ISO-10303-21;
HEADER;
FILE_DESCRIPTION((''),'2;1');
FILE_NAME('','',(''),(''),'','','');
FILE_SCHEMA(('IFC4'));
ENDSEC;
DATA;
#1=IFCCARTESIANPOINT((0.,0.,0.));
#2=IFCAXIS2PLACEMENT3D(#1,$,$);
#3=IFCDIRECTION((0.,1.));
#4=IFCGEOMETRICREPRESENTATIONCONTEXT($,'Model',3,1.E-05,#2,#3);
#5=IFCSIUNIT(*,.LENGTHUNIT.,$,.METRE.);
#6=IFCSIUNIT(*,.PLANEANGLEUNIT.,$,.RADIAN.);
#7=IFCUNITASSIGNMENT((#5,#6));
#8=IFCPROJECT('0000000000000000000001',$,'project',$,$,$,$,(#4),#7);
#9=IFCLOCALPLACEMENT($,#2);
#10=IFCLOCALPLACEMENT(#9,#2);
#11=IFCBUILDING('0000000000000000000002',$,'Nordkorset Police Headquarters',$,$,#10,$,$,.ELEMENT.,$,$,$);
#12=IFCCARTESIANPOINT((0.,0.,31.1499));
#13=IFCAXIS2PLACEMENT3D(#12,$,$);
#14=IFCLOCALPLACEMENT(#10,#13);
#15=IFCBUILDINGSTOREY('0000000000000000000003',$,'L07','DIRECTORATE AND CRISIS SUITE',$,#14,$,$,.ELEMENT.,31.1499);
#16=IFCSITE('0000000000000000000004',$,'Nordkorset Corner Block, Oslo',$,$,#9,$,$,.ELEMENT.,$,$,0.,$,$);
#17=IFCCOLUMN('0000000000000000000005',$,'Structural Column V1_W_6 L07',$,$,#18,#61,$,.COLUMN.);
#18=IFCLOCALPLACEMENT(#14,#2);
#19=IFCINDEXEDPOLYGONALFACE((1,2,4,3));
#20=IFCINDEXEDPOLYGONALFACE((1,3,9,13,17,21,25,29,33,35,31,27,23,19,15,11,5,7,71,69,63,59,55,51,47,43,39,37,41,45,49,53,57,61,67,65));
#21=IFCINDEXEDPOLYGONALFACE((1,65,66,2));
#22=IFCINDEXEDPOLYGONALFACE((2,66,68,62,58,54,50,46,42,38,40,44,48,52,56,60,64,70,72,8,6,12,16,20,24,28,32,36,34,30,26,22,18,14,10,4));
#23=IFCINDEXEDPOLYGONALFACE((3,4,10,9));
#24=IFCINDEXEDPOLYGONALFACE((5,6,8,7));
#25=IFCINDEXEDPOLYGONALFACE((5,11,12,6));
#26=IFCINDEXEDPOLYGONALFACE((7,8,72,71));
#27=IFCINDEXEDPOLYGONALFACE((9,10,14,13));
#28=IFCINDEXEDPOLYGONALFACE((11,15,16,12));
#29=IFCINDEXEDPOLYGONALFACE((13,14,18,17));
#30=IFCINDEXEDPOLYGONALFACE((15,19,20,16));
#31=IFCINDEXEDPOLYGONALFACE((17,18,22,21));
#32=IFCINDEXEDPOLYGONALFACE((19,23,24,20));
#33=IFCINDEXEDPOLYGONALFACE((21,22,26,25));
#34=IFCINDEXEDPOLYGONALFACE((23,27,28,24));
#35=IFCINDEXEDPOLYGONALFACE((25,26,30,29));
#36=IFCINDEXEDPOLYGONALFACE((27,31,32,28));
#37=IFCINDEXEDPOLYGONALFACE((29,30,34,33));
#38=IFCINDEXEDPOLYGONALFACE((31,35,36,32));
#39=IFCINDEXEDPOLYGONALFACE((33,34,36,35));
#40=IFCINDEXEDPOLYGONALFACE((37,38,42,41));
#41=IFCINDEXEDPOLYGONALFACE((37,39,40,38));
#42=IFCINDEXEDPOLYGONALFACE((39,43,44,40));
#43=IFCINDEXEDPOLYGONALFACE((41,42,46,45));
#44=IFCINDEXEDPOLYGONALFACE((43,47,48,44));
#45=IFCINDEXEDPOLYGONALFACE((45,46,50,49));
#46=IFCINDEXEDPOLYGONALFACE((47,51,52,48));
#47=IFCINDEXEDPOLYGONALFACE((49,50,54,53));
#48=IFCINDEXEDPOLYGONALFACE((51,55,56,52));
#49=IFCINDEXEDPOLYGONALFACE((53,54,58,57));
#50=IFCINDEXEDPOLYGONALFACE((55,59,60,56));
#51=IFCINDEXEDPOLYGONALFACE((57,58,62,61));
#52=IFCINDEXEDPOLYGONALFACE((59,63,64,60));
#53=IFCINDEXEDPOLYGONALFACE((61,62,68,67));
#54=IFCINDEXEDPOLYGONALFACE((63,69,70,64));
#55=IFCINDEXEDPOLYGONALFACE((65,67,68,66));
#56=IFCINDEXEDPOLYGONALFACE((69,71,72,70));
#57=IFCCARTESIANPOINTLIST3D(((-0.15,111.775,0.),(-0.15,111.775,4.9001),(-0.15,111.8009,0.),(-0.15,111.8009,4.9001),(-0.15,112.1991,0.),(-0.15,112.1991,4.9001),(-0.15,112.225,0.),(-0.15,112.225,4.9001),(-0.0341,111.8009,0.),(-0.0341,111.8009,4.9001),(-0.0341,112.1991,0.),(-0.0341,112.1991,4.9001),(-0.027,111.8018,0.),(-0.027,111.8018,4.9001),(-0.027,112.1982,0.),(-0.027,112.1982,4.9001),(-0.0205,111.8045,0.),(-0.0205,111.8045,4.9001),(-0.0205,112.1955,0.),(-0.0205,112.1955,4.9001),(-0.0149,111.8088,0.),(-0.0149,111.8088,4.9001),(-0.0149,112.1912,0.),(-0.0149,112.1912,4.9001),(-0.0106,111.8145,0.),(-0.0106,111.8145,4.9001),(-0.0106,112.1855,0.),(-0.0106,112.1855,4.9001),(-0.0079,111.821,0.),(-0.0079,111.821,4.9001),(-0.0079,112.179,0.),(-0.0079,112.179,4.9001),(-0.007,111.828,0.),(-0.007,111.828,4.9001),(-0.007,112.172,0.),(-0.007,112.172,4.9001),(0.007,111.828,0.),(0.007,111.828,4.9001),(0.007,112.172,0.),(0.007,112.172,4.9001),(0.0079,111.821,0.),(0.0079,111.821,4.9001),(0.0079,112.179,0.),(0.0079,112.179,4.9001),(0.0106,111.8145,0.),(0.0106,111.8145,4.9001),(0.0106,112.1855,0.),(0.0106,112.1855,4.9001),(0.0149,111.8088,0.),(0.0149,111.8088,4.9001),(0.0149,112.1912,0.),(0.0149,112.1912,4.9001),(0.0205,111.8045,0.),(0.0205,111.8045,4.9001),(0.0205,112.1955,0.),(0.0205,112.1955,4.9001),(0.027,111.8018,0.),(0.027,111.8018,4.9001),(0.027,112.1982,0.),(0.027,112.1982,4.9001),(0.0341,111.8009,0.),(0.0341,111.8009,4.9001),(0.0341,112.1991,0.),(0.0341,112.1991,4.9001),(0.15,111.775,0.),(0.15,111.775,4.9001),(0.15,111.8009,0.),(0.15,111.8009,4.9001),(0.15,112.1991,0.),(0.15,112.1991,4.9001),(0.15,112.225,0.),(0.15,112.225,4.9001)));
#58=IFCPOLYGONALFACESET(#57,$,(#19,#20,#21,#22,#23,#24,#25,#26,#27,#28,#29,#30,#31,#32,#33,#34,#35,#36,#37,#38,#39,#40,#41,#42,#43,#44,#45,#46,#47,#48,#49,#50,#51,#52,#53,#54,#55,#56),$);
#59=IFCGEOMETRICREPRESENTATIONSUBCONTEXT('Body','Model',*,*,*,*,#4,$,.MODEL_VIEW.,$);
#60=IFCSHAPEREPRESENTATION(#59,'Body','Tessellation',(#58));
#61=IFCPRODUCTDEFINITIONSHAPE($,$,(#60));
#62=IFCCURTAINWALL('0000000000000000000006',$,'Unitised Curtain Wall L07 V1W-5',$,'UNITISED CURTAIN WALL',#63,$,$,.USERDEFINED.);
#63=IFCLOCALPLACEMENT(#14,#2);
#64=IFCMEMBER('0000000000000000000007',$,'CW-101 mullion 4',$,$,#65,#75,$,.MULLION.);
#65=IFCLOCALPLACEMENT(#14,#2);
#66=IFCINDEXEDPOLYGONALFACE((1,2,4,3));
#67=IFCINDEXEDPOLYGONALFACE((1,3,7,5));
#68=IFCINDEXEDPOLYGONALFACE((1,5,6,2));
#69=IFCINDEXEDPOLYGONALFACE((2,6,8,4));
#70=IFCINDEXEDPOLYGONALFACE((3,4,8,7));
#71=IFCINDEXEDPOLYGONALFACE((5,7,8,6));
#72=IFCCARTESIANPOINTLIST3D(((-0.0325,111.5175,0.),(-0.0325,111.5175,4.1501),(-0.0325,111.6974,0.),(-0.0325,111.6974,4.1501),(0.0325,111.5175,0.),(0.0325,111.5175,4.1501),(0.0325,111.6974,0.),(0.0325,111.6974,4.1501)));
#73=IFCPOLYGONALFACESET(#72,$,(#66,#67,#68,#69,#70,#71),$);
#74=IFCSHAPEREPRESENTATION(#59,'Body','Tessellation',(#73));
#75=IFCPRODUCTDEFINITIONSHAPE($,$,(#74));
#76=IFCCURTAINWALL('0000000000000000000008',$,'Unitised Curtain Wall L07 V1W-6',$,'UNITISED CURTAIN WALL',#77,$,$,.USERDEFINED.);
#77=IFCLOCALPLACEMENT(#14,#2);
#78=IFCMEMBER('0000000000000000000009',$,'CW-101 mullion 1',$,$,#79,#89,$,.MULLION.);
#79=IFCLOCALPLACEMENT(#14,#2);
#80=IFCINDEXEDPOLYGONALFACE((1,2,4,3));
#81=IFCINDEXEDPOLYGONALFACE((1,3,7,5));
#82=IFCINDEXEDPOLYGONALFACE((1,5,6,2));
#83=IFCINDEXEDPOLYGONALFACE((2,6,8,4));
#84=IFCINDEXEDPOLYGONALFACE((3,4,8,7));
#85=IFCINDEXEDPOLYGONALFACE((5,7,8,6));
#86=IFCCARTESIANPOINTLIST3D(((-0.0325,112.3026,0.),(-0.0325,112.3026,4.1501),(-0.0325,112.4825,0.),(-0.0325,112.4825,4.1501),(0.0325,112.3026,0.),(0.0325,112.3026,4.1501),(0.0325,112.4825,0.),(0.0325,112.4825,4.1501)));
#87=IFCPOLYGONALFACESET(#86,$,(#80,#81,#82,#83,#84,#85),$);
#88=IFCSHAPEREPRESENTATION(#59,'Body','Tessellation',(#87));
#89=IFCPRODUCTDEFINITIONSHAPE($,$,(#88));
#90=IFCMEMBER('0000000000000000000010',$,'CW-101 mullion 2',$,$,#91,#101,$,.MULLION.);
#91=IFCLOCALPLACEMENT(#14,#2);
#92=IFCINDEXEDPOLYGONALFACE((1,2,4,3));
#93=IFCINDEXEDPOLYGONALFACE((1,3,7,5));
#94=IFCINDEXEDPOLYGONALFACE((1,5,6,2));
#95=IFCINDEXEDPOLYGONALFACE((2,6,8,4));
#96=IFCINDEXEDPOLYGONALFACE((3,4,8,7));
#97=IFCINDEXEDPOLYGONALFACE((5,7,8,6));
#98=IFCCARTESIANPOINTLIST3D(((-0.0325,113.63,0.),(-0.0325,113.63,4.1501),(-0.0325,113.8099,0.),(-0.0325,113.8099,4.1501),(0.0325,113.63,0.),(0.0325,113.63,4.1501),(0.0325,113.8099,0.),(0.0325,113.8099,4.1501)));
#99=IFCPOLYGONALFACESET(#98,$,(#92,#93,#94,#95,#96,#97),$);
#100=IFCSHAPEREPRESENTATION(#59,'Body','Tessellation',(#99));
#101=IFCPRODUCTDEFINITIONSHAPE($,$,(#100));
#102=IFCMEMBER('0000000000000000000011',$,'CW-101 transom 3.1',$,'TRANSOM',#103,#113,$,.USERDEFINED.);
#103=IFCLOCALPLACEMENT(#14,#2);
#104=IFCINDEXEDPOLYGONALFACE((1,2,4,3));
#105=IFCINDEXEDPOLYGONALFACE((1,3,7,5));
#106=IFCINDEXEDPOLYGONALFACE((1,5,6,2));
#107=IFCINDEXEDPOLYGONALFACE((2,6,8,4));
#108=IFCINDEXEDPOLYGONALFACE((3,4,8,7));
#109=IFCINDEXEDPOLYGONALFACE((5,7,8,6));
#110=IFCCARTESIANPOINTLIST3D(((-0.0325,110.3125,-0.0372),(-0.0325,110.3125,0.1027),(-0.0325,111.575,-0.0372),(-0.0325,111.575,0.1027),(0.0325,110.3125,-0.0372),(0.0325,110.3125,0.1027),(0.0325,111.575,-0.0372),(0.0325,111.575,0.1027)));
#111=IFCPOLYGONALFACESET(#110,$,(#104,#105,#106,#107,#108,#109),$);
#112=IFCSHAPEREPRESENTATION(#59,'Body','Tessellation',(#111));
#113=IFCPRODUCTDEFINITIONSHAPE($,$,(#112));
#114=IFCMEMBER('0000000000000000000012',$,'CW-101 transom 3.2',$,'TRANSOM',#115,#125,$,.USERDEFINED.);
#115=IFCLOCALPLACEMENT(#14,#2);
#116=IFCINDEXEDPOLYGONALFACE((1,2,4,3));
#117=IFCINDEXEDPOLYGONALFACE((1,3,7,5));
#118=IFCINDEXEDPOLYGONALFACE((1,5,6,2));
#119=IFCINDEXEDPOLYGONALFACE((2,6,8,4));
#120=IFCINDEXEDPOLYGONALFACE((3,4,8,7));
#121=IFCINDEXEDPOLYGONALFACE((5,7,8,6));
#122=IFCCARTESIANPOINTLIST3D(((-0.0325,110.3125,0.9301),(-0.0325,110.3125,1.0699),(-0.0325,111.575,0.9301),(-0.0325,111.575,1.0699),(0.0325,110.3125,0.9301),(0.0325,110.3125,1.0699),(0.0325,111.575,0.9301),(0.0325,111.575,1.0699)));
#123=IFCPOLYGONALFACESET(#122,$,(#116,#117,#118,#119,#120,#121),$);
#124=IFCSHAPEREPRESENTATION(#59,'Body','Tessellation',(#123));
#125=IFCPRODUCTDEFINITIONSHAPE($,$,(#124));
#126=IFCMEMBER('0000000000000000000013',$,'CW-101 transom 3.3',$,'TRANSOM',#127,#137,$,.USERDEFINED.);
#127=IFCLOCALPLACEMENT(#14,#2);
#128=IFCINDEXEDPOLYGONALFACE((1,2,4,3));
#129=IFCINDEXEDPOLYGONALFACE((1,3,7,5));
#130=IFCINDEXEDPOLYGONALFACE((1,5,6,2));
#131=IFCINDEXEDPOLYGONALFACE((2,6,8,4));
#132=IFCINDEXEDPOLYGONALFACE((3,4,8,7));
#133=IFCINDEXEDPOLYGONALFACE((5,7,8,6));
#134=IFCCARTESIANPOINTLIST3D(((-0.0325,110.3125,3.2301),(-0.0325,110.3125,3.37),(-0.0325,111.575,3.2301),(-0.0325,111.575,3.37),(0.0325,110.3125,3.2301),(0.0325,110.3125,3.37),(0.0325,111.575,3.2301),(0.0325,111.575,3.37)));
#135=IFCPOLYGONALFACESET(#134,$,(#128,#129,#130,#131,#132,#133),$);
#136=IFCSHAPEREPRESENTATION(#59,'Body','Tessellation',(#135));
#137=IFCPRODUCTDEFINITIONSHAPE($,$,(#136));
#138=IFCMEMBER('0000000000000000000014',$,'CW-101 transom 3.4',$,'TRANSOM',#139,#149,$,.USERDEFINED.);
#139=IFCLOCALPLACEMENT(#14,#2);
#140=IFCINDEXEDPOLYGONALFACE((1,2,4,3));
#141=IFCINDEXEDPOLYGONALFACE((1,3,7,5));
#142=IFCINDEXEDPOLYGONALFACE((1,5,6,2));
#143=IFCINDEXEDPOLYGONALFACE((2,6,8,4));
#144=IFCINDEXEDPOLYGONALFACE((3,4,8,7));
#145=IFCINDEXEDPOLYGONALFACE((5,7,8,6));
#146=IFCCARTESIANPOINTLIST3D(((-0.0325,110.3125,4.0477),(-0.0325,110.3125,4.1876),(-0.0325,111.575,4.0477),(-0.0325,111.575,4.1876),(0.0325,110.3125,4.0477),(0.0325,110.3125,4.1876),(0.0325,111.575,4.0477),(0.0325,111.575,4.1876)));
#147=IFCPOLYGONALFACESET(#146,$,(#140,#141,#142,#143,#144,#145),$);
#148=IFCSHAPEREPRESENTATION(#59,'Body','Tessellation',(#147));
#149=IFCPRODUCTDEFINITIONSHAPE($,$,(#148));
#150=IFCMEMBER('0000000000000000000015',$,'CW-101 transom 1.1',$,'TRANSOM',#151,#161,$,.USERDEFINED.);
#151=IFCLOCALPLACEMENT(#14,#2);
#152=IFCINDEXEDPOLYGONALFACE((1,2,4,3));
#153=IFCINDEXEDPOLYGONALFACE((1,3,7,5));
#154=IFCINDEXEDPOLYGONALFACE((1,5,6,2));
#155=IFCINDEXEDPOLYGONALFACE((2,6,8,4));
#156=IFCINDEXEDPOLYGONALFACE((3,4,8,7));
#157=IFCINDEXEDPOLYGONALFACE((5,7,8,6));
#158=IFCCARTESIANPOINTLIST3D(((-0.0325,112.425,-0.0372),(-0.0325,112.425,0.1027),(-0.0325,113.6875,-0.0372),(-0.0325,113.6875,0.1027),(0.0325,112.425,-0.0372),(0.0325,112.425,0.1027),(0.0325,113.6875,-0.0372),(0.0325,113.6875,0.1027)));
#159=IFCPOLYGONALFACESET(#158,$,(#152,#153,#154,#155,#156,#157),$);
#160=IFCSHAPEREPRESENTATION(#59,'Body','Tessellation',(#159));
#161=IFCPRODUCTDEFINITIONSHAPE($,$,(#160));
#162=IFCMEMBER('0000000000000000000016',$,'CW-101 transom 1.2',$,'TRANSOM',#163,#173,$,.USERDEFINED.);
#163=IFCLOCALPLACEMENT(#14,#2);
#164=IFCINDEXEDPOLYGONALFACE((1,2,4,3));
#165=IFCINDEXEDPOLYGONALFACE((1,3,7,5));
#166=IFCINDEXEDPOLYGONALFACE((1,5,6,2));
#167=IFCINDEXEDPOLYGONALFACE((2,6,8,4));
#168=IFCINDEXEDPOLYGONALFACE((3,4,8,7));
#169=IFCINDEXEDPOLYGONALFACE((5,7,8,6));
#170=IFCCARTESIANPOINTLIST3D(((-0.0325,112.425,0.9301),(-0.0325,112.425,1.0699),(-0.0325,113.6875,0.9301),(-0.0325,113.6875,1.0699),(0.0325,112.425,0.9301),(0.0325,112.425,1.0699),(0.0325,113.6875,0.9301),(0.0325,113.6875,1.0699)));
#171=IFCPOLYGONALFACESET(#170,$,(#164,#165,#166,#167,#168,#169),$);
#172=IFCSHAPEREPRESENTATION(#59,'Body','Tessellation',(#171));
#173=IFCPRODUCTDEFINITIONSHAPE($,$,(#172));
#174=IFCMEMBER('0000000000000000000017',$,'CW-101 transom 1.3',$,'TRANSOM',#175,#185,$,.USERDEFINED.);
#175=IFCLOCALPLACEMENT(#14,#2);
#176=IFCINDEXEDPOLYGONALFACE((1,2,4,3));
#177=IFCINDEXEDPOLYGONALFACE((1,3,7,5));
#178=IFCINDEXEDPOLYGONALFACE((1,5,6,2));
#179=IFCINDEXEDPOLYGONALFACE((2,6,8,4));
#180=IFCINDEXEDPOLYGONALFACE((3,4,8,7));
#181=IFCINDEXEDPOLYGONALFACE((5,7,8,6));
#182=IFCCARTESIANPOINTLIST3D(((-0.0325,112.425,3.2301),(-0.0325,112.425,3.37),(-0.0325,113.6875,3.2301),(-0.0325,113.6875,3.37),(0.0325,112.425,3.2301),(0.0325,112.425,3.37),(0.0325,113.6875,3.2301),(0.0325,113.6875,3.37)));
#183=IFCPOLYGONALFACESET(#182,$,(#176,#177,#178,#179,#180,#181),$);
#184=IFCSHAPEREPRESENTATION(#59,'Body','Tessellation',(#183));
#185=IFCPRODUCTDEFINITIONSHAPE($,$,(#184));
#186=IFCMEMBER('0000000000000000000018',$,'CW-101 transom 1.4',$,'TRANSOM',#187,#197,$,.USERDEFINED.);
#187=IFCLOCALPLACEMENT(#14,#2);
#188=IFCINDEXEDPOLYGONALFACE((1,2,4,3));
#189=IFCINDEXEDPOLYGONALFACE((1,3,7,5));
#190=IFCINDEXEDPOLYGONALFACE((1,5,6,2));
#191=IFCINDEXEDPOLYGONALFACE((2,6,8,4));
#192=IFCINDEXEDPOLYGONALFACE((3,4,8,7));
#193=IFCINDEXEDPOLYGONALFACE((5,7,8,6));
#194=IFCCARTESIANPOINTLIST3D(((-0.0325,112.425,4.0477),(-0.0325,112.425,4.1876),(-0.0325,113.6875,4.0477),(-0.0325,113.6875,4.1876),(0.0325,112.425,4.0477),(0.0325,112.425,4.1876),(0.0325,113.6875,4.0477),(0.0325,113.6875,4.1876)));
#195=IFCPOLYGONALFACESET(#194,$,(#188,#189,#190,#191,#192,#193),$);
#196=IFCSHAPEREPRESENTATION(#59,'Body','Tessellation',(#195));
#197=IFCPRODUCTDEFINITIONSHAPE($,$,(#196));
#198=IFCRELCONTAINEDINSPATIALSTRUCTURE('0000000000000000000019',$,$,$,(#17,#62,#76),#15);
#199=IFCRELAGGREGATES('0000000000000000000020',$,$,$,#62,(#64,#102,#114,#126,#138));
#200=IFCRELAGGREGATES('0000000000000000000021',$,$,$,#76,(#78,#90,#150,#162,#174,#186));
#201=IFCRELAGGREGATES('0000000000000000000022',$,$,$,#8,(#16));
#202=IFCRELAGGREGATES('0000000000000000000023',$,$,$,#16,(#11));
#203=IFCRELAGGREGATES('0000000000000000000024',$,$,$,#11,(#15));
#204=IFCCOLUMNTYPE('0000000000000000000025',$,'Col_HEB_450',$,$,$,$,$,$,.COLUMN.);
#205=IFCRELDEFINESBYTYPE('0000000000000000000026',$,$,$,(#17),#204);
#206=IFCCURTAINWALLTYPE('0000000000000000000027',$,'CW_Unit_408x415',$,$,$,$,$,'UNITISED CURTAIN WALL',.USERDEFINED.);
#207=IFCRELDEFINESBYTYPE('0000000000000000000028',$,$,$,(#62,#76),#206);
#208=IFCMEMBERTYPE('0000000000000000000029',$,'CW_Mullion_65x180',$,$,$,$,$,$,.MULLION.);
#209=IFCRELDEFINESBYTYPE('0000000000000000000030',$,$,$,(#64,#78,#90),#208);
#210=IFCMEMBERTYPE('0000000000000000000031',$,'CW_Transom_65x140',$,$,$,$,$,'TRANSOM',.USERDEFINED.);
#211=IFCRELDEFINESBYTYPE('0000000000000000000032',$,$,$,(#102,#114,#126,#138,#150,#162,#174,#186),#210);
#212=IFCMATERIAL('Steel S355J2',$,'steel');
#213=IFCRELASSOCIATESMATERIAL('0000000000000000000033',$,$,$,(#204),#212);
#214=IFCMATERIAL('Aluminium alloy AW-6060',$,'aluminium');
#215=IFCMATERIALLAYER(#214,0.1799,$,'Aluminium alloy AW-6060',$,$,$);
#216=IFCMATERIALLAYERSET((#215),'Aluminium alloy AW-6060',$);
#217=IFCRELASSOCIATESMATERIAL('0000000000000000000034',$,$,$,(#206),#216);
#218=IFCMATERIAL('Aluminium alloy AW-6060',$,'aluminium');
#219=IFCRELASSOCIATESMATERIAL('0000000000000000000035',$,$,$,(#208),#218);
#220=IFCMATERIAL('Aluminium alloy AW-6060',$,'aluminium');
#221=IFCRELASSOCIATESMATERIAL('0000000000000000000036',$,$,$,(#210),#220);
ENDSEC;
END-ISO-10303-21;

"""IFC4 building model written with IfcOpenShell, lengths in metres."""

from ifc_helpers import new_model, si_unit, direction, frame, origin, origin_2d, place, context, subcontext, project, spatial, rectangle, i_section, extrude, material, layer, layer_set, material_profile, profile_set, type_object, element, aggregate, save


model = new_model("IFC4")

# Units and contexts
model_context = context("Model", 3, precision=1e-05, world=origin(), true_north=direction((0.0, 1.0)))
body_context = subcontext(model_context, "Body", "Model", "MODEL_VIEW")
ifc_project = project(units=[si_unit("LENGTHUNIT", "METRE"), si_unit("PLANEANGLEUNIT", "RADIAN")], contexts=[model_context])

# Site, building, storey
site_placement = place(None, origin())
site = spatial("IfcSite", under=ifc_project, at=site_placement, Name="Nordkorset Corner Block, Oslo", CompositionType="ELEMENT", RefElevation=0.0)
building_placement = place(site_placement, origin())
building = spatial("IfcBuilding", under=site, at=building_placement, Name="Nordkorset Police Headquarters", CompositionType="ELEMENT")
storey_placement = place(building_placement, frame((0.0, 0.0, 31.1499)))
storey = spatial("IfcBuildingStorey", under=building, at=storey_placement, Name="L07", Description="DIRECTORATE AND CRISIS SUITE", CompositionType="ELEMENT", Elevation=31.1499)

# Column
ifc_material_1 = material(Name="Steel S355J2", Category="steel")
ifc_material_profile_1 = material_profile(ifc_material_1, i_section(OverallWidth=0.3, OverallDepth=0.45, WebThickness=0.0139, FlangeThickness=0.0259, FilletRadius=0.0271, at=origin_2d()), Name="HEB 450")
ifc_profile_set_1 = profile_set([ifc_material_profile_1], Name="Steel S355J2")
column_type = type_object("IfcColumnType", Name="Col_HEB_450", PredefinedType="COLUMN", material=ifc_profile_set_1)
column_placement = place(storey_placement, frame((0.0, 112.0, 0.0), z_axis=(0.0, 0.0, 1.0), x_axis=(1.0, 0.0, 0.0)))
element("IfcColumn", 1, at=column_placement, inside=storey, type_object=column_type, Name="Structural Column V1_W_6 L07", PredefinedType="COLUMN", context=body_context, shape_type="SweptSolid", body=[
    extrude(i_section(OverallWidth=0.3, OverallDepth=0.45, WebThickness=0.0139, FlangeThickness=0.0259, FilletRadius=0.0271, at=origin_2d()), origin(), (0.0, 0.0, 1.0), 4.9001),
])

# Curtain wall, member
ifc_material_2 = material(Name="Aluminium alloy AW-6060", Category="aluminium")
ifc_layer_1 = layer(ifc_material_2, 0.1799, Name="Aluminium alloy AW-6060")
ifc_layer_set_1 = layer_set([ifc_layer_1], Name="Aluminium alloy AW-6060")
curtain_wall_type = type_object("IfcCurtainWallType", Name="CW_Unit_408x415", ElementType="UNITISED CURTAIN WALL", PredefinedType="USERDEFINED", material=ifc_layer_set_1)
curtain_wall_1_placement = place(storey_placement, origin())
curtain_wall_1 = element("IfcCurtainWall", 2, at=curtain_wall_1_placement, inside=storey, type_object=curtain_wall_type, Name="Unitised Curtain Wall L07 V1W-5", ObjectType="UNITISED CURTAIN WALL", PredefinedType="USERDEFINED")
ifc_material_3 = material(Name="Aluminium alloy AW-6060", Category="aluminium")
ifc_material_profile_2 = material_profile(ifc_material_3, rectangle(XDim=0.0649, YDim=0.1799, at=origin_2d()), Name="ALU MULL 65x180")
ifc_profile_set_2 = profile_set([ifc_material_profile_2], Name="Aluminium alloy AW-6060")
member_type_1 = type_object("IfcMemberType", Name="CW_Mullion_65x180", PredefinedType="MULLION", material=ifc_profile_set_2)
member_1_placement = place(storey_placement, frame((0.0, 111.6074, 0.0), z_axis=(0.0, 0.0, 1.0), x_axis=(-1.0, 0.0, 0.0)))
member_1 = element("IfcMember", 3, at=member_1_placement, type_object=member_type_1, Name="CW-101 mullion 4", PredefinedType="MULLION", context=body_context, shape_type="SweptSolid", body=[
    extrude(rectangle(XDim=0.0649, YDim=0.1799, at=origin_2d()), origin(), (0.0, 0.0, 1.0), 4.1501),
])

# Curtain wall, members
curtain_wall_2_placement = place(storey_placement, origin())
curtain_wall_2 = element("IfcCurtainWall", 4, at=curtain_wall_2_placement, inside=storey, type_object=curtain_wall_type, Name="Unitised Curtain Wall L07 V1W-6", ObjectType="UNITISED CURTAIN WALL", PredefinedType="USERDEFINED")
member_2_placement = place(storey_placement, frame((0.0, 112.3926, 0.0), z_axis=(0.0, 0.0, 1.0), x_axis=(-1.0, 0.0, 0.0)))
member_2 = element("IfcMember", 5, at=member_2_placement, type_object=member_type_1, Name="CW-101 mullion 1", PredefinedType="MULLION", context=body_context, shape_type="SweptSolid", body=[
    extrude(rectangle(XDim=0.0649, YDim=0.1799, at=origin_2d()), origin(), (0.0, 0.0, 1.0), 4.1501),
])
member_3_placement = place(storey_placement, frame((0.0, 113.72, 0.0), z_axis=(0.0, 0.0, 1.0), x_axis=(-1.0, 0.0, 0.0)))
member_3 = element("IfcMember", 6, at=member_3_placement, type_object=member_type_1, Name="CW-101 mullion 2", PredefinedType="MULLION", context=body_context, shape_type="SweptSolid", body=[
    extrude(rectangle(XDim=0.0649, YDim=0.1799, at=origin_2d()), origin(), (0.0, 0.0, 1.0), 4.1501),
])

# Members
ifc_material_4 = material(Name="Aluminium alloy AW-6060", Category="aluminium")
ifc_material_profile_3 = material_profile(ifc_material_4, rectangle(XDim=0.0649, YDim=0.1399, at=origin_2d()), Name="ALU TRAN 65x140")
ifc_profile_set_3 = profile_set([ifc_material_profile_3], Name="Aluminium alloy AW-6060")
member_type_2 = type_object("IfcMemberType", Name="CW_Transom_65x140", ElementType="TRANSOM", PredefinedType="USERDEFINED", material=ifc_profile_set_3)
member_4_placement = place(storey_placement, frame((0.0, 110.3125, 0.0327), z_axis=(0.0, 1.0, 0.0), x_axis=(-1.0, 0.0, 0.0)))
member_4 = element("IfcMember", 7, at=member_4_placement, type_object=member_type_2, Name="CW-101 transom 3.1", ObjectType="TRANSOM", PredefinedType="USERDEFINED", context=body_context, shape_type="SweptSolid", body=[
    extrude(rectangle(XDim=0.0649, YDim=0.1399, at=origin_2d()), origin(), (0.0, 0.0, 1.0), 1.2625),
])
member_5_placement = place(storey_placement, frame((0.0, 110.3125, 1.0), z_axis=(0.0, 1.0, 0.0), x_axis=(-1.0, 0.0, 0.0)))
member_5 = element("IfcMember", 8, at=member_5_placement, type_object=member_type_2, Name="CW-101 transom 3.2", ObjectType="TRANSOM", PredefinedType="USERDEFINED", context=body_context, shape_type="SweptSolid", body=[
    extrude(rectangle(XDim=0.0649, YDim=0.1399, at=origin_2d()), origin(), (0.0, 0.0, 1.0), 1.2625),
])
member_6_placement = place(storey_placement, frame((0.0, 110.3125, 3.3), z_axis=(0.0, 1.0, 0.0), x_axis=(-1.0, 0.0, 0.0)))
member_6 = element("IfcMember", 9, at=member_6_placement, type_object=member_type_2, Name="CW-101 transom 3.3", ObjectType="TRANSOM", PredefinedType="USERDEFINED", context=body_context, shape_type="SweptSolid", body=[
    extrude(rectangle(XDim=0.0649, YDim=0.1399, at=origin_2d()), origin(), (0.0, 0.0, 1.0), 1.2625),
])
member_7_placement = place(storey_placement, frame((0.0, 110.3125, 4.1177), z_axis=(0.0, 1.0, 0.0), x_axis=(-1.0, 0.0, 0.0)))
member_7 = element("IfcMember", 10, at=member_7_placement, type_object=member_type_2, Name="CW-101 transom 3.4", ObjectType="TRANSOM", PredefinedType="USERDEFINED", context=body_context, shape_type="SweptSolid", body=[
    extrude(rectangle(XDim=0.0649, YDim=0.1399, at=origin_2d()), origin(), (0.0, 0.0, 1.0), 1.2625),
])
member_8_placement = place(storey_placement, frame((0.0, 112.425, 0.0327), z_axis=(0.0, 1.0, 0.0), x_axis=(-1.0, 0.0, 0.0)))
member_8 = element("IfcMember", 11, at=member_8_placement, type_object=member_type_2, Name="CW-101 transom 1.1", ObjectType="TRANSOM", PredefinedType="USERDEFINED", context=body_context, shape_type="SweptSolid", body=[
    extrude(rectangle(XDim=0.0649, YDim=0.1399, at=origin_2d()), origin(), (0.0, 0.0, 1.0), 1.2625),
])
member_9_placement = place(storey_placement, frame((0.0, 112.425, 1.0), z_axis=(0.0, 1.0, 0.0), x_axis=(-1.0, 0.0, 0.0)))
member_9 = element("IfcMember", 12, at=member_9_placement, type_object=member_type_2, Name="CW-101 transom 1.2", ObjectType="TRANSOM", PredefinedType="USERDEFINED", context=body_context, shape_type="SweptSolid", body=[
    extrude(rectangle(XDim=0.0649, YDim=0.1399, at=origin_2d()), origin(), (0.0, 0.0, 1.0), 1.2625),
])
member_10_placement = place(storey_placement, frame((0.0, 112.425, 3.3), z_axis=(0.0, 1.0, 0.0), x_axis=(-1.0, 0.0, 0.0)))
member_10 = element("IfcMember", 13, at=member_10_placement, type_object=member_type_2, Name="CW-101 transom 1.3", ObjectType="TRANSOM", PredefinedType="USERDEFINED", context=body_context, shape_type="SweptSolid", body=[
    extrude(rectangle(XDim=0.0649, YDim=0.1399, at=origin_2d()), origin(), (0.0, 0.0, 1.0), 1.2625),
])
member_11_placement = place(storey_placement, frame((0.0, 112.425, 4.1177), z_axis=(0.0, 1.0, 0.0), x_axis=(-1.0, 0.0, 0.0)))
member_11 = element("IfcMember", 14, at=member_11_placement, type_object=member_type_2, Name="CW-101 transom 1.4", ObjectType="TRANSOM", PredefinedType="USERDEFINED", context=body_context, shape_type="SweptSolid", body=[
    extrude(rectangle(XDim=0.0649, YDim=0.1399, at=origin_2d()), origin(), (0.0, 0.0, 1.0), 1.2625),
])

aggregate(curtain_wall_1, [member_1, member_4, member_5, member_6, member_7])
aggregate(curtain_wall_2, [member_2, member_3, member_8, member_9, member_10, member_11])

save(model, "model.ifc")
